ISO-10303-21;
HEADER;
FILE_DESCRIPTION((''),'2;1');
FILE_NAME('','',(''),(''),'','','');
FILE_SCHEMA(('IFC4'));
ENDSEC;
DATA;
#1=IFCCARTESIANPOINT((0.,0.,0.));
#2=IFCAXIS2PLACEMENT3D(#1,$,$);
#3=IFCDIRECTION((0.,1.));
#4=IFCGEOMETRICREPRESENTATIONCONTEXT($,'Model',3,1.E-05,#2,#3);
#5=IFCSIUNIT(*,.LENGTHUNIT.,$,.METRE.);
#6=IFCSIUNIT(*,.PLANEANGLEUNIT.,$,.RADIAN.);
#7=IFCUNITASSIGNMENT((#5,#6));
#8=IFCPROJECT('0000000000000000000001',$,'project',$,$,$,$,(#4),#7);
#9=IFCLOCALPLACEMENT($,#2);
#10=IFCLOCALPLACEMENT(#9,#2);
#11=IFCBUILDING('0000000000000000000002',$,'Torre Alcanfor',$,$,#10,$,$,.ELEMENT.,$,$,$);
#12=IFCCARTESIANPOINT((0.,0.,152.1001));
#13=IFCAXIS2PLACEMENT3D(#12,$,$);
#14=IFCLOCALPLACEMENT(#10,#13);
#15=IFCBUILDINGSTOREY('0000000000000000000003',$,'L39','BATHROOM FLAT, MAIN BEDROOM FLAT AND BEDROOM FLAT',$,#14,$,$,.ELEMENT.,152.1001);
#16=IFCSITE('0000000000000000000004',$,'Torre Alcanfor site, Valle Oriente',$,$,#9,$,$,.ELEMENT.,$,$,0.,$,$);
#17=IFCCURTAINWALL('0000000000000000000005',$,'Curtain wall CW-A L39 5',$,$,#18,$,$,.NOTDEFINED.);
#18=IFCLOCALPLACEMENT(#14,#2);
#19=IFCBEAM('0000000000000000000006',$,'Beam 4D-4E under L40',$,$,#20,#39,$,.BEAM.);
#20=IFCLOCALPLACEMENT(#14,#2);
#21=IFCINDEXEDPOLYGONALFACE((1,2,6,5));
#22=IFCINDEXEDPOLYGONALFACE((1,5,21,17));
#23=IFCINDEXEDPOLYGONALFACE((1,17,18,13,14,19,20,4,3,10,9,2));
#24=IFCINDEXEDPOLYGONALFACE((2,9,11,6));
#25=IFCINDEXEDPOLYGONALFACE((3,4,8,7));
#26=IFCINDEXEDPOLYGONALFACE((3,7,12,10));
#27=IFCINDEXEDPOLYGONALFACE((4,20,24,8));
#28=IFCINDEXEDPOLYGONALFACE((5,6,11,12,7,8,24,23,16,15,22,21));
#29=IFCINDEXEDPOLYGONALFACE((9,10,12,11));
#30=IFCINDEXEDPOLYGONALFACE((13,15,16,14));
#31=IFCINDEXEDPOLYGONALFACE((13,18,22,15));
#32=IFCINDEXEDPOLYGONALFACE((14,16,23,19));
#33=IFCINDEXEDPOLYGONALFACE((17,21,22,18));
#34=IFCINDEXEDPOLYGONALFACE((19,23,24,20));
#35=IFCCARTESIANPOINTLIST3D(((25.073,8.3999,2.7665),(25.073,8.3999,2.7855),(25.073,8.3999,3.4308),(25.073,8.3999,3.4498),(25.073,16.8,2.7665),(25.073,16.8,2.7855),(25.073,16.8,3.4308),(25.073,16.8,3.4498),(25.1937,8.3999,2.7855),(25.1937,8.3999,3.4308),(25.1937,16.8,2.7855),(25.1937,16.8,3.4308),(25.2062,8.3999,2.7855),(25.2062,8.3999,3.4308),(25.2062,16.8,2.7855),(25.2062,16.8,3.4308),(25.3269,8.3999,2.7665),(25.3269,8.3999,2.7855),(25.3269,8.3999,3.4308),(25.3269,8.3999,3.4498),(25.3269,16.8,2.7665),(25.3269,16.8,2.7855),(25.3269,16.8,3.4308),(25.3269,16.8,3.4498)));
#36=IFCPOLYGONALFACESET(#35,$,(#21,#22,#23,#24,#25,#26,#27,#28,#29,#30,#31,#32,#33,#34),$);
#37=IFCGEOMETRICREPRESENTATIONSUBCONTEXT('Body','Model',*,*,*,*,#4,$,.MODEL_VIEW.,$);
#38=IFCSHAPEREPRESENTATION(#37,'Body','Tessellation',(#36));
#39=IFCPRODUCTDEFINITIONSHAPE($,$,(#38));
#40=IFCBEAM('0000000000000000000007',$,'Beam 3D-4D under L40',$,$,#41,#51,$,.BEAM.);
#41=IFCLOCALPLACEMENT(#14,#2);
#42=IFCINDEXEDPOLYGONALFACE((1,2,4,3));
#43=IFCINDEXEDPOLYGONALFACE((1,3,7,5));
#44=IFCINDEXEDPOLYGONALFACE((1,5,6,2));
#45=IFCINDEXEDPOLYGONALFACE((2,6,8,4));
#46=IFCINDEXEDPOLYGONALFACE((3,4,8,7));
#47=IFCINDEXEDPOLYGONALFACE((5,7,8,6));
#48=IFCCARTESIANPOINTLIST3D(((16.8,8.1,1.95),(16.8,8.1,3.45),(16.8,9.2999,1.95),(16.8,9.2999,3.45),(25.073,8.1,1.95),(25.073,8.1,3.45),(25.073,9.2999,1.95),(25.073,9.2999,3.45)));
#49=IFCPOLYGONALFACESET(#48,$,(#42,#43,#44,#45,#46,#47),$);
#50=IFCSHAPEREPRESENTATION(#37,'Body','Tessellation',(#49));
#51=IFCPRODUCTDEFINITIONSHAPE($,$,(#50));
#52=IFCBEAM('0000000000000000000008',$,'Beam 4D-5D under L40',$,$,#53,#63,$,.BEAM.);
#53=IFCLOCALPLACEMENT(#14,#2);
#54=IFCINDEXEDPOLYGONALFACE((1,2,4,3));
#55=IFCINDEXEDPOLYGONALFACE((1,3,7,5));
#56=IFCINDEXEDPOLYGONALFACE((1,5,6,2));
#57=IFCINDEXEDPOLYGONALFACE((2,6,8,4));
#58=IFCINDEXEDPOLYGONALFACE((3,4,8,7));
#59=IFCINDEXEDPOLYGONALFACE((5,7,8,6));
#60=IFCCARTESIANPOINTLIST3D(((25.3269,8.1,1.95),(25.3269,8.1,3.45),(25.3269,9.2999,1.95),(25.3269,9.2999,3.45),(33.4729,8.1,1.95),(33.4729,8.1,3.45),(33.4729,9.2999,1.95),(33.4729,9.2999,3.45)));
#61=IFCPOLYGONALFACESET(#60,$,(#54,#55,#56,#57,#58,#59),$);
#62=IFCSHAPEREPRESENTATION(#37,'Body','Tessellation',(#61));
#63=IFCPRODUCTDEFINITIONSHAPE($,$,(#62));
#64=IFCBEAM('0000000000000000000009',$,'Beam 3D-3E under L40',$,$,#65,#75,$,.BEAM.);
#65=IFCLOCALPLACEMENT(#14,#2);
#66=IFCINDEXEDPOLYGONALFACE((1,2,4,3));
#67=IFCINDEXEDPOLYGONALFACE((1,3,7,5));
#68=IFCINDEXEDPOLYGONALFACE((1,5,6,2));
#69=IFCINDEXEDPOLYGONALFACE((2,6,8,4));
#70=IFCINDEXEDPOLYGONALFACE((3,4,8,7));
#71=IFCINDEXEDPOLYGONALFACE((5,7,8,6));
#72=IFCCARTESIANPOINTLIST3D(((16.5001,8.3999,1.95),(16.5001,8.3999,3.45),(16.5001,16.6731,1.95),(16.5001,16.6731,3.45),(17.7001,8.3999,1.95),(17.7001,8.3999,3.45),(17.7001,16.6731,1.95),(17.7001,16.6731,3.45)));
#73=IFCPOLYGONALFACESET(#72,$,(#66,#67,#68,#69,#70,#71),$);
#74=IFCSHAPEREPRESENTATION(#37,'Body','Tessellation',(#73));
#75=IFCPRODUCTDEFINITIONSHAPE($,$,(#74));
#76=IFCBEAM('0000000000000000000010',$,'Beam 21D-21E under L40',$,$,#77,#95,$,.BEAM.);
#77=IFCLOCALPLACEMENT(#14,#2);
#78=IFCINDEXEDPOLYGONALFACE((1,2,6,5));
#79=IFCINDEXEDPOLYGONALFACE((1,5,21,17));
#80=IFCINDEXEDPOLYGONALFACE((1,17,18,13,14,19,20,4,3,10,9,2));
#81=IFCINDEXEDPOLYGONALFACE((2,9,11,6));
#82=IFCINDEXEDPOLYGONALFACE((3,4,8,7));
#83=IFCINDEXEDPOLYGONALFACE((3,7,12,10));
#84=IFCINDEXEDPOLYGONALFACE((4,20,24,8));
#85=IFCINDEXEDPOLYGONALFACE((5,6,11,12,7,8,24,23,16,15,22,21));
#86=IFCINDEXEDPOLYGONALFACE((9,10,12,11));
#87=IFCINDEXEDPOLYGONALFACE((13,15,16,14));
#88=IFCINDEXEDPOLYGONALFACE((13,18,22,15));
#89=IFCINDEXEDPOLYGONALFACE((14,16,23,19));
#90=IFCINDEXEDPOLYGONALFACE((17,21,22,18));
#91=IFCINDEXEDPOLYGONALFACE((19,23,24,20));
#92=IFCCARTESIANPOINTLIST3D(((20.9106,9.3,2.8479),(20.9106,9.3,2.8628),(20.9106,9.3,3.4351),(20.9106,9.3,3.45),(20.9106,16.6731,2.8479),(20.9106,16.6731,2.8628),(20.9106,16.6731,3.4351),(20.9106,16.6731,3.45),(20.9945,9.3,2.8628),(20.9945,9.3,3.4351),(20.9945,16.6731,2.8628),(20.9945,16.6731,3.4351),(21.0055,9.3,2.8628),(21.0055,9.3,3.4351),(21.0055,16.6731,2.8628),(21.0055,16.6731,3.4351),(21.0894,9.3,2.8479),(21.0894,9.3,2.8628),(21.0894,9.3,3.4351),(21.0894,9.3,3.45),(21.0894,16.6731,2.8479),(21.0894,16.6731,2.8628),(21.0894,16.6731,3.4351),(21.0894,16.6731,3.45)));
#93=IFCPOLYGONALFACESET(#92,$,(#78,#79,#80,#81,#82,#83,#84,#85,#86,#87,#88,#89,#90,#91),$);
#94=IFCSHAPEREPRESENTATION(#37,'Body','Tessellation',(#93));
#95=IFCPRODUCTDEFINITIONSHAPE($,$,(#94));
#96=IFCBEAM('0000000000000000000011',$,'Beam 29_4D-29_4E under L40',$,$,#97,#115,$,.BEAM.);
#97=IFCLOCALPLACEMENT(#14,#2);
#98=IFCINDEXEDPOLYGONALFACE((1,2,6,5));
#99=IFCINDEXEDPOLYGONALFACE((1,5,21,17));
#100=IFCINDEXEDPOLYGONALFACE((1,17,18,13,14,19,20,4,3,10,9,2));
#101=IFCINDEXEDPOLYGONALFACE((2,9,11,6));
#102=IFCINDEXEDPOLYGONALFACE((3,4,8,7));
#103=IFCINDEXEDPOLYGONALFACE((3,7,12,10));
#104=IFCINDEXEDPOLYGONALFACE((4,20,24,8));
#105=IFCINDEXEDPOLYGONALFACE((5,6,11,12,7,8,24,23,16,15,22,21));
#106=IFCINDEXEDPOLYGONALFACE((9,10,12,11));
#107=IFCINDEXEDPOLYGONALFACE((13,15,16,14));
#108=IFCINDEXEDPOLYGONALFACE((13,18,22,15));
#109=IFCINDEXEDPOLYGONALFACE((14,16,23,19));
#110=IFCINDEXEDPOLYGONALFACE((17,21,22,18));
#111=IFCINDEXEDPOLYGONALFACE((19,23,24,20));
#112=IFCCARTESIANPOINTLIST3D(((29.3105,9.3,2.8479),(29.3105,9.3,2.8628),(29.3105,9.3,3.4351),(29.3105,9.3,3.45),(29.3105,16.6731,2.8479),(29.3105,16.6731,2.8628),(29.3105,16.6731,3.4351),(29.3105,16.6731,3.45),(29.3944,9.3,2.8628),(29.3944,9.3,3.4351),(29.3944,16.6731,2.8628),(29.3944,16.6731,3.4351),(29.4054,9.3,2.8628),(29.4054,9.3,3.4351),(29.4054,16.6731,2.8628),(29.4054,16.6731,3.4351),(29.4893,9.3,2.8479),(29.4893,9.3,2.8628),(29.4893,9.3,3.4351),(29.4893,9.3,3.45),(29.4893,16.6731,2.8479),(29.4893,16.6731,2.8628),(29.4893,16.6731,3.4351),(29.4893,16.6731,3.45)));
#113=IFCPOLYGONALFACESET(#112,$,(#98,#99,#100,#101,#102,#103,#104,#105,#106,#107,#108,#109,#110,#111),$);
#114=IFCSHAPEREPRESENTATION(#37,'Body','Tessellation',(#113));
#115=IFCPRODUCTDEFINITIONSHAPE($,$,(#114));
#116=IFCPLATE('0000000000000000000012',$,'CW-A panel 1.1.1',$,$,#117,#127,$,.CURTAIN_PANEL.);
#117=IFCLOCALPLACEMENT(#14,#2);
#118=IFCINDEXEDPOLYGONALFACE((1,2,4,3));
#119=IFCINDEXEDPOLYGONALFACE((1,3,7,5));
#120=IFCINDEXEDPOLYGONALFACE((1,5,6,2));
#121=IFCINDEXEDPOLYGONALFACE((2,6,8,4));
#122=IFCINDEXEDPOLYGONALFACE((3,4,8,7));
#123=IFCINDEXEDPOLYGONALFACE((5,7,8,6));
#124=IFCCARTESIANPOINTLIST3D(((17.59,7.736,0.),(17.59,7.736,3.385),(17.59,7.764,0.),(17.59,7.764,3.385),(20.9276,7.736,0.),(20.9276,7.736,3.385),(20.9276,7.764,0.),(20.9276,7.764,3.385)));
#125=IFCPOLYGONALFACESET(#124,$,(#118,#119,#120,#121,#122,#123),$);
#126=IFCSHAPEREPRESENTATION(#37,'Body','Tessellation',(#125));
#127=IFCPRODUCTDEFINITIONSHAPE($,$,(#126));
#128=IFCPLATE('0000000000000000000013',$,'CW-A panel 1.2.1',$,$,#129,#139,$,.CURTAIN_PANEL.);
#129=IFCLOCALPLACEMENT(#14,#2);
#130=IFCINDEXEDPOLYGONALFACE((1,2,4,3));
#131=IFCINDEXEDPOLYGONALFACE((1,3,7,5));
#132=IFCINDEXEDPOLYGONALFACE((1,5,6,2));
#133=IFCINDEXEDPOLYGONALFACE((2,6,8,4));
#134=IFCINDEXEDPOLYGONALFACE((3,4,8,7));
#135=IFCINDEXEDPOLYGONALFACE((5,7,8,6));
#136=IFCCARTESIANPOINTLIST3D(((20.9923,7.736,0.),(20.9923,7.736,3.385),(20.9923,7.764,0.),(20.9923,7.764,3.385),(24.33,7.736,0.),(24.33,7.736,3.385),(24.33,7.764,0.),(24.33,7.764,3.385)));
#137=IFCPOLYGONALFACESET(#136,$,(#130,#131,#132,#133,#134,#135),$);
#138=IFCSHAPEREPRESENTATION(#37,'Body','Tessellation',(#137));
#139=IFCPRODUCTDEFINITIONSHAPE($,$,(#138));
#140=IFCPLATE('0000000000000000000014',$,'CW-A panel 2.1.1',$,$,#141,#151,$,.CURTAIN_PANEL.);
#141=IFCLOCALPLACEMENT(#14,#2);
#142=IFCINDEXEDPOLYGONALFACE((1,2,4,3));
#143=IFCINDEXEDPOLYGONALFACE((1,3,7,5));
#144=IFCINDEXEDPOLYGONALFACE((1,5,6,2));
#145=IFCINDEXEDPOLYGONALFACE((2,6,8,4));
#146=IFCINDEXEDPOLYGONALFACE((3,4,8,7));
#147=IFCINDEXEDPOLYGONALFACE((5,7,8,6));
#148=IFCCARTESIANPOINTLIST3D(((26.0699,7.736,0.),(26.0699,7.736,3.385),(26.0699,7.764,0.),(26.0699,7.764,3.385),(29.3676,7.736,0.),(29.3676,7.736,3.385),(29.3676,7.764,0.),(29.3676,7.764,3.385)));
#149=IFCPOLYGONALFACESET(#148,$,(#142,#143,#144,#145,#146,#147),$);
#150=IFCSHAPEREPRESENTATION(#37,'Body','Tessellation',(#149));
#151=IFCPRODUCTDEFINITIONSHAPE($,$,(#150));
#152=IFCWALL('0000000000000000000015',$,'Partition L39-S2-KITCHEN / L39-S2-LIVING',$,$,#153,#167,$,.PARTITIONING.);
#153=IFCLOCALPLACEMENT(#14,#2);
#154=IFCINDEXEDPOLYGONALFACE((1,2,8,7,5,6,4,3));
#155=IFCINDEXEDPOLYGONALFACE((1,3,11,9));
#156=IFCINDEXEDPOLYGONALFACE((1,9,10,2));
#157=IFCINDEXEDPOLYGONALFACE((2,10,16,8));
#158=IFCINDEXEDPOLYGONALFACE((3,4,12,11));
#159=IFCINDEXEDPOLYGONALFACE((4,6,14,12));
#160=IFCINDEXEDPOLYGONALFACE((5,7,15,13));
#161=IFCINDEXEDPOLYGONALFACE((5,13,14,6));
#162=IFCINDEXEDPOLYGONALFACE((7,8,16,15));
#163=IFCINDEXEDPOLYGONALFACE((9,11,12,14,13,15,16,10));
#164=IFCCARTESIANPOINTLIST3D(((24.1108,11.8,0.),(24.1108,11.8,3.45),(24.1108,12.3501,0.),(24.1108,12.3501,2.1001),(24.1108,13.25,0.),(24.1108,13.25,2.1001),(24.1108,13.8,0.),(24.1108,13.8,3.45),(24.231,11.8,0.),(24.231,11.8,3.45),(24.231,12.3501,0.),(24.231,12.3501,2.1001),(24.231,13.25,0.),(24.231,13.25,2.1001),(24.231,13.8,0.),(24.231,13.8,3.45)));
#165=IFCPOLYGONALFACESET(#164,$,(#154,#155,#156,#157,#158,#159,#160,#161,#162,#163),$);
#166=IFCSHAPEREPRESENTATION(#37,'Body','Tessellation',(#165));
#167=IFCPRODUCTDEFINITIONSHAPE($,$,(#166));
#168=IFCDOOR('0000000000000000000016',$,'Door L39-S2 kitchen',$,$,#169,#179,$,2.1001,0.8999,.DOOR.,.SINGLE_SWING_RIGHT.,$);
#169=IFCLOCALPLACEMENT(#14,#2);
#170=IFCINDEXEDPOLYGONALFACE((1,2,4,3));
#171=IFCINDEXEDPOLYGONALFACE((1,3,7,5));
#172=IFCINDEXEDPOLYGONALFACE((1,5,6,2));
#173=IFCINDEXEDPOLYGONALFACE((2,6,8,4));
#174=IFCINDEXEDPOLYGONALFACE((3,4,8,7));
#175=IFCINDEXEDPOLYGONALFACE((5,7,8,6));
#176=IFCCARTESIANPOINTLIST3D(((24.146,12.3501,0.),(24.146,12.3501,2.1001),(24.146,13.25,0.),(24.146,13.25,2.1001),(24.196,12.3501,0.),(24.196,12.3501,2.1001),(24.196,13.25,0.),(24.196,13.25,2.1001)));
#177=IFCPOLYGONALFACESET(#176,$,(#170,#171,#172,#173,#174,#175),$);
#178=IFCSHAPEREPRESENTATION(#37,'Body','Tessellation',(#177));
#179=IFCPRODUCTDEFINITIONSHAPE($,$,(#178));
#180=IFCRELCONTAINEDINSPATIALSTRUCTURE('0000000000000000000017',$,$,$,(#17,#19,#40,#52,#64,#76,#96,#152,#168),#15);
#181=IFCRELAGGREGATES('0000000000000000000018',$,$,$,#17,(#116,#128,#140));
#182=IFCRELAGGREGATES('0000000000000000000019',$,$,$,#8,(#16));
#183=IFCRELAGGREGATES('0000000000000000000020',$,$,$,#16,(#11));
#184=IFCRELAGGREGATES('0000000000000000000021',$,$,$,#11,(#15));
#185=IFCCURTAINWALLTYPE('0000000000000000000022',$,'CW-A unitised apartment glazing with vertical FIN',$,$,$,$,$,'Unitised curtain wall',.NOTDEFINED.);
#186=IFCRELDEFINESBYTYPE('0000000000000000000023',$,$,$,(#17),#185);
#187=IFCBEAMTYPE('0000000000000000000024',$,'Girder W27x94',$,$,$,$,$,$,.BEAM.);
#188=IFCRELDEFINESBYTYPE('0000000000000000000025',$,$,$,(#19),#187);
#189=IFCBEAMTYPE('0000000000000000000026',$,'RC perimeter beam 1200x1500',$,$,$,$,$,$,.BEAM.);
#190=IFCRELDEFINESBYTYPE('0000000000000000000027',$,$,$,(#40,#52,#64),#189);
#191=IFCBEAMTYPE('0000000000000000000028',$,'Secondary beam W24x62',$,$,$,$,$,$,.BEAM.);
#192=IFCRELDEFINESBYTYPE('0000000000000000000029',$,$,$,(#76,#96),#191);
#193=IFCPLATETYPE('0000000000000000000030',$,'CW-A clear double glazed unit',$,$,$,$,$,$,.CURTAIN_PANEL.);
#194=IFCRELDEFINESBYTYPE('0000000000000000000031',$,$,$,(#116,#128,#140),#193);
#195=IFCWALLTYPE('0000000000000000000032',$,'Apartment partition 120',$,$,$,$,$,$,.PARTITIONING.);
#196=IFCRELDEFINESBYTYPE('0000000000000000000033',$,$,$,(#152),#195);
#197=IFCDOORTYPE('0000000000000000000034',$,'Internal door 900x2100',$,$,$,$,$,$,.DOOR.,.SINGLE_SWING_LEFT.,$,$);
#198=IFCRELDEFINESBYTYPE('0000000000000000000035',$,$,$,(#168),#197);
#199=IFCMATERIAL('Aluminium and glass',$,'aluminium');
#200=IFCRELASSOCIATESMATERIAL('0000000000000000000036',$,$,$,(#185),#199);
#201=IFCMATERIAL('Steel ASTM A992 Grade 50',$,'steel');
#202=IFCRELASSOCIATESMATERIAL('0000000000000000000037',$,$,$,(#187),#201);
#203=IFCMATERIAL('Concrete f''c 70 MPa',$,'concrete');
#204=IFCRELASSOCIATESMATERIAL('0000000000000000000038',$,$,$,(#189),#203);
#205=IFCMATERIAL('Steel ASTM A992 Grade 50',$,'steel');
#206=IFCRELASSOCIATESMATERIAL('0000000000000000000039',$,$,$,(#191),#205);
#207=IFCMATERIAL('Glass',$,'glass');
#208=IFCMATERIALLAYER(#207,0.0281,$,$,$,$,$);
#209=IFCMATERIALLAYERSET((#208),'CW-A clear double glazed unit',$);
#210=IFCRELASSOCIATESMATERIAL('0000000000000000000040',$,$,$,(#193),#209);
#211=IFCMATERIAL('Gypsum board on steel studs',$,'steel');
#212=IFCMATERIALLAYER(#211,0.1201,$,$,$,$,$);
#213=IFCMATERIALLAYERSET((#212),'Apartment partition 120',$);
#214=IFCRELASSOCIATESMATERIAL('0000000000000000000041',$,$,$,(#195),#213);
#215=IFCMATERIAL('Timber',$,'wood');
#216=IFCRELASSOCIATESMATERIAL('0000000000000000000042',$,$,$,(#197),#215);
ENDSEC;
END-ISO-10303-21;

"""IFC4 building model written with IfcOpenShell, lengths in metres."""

from ifc_helpers import new_model, si_unit, direction, frame, frame_2d, origin, origin_2d, place, context, subcontext, project, spatial, rectangle, i_section, extrude, material, layer, layer_set, material_profile, profile_set, type_object, element, fill, aggregate, save


model = new_model("IFC4")

# Units and contexts
model_context = context("Model", 3, precision=1e-05, world=origin(), true_north=direction((0.0, 1.0)))
body_context = subcontext(model_context, "Body", "Model", "MODEL_VIEW")
ifc_project = project(units=[si_unit("LENGTHUNIT", "METRE"), si_unit("PLANEANGLEUNIT", "RADIAN")], contexts=[model_context])

# Site, building, storey
site_placement = place(None, origin())
site = spatial("IfcSite", under=ifc_project, at=site_placement, Name="Torre Alcanfor site, Valle Oriente", CompositionType="ELEMENT", RefElevation=0.0)
building_placement = place(site_placement, origin())
building = spatial("IfcBuilding", under=site, at=building_placement, Name="Torre Alcanfor", CompositionType="ELEMENT")
storey_placement = place(building_placement, frame((0.0, 0.0, 152.1001)))
storey = spatial("IfcBuildingStorey", under=building, at=storey_placement, Name="L39", Description="BATHROOM FLAT, MAIN BEDROOM FLAT AND BEDROOM FLAT", CompositionType="ELEMENT", Elevation=152.1001)

# Curtain wall
ifc_material_1 = material(Name="Aluminium and glass", Category="aluminium")
curtain_wall_type = type_object("IfcCurtainWallType", Name="CW-A unitised apartment glazing with vertical FIN", ElementType="Unitised curtain wall", PredefinedType="NOTDEFINED", material=ifc_material_1)
curtain_wall_placement = place(storey_placement, origin())
curtain_wall = element("IfcCurtainWall", 1, at=curtain_wall_placement, inside=storey, type_object=curtain_wall_type, Name="Curtain wall CW-A L39 5", PredefinedType="NOTDEFINED")

# Beams
ifc_material_2 = material(Name="Steel ASTM A992 Grade 50", Category="steel")
ifc_material_profile_1 = material_profile(ifc_material_2, i_section(OverallWidth=0.2539, OverallDepth=0.6833, WebThickness=0.0125, FlangeThickness=0.019, at=origin_2d()), Name="W27x94")
ifc_profile_set_1 = profile_set([ifc_material_profile_1], Name="Steel ASTM A992 Grade 50")
beam_type_1 = type_object("IfcBeamType", Name="Girder W27x94", PredefinedType="BEAM", material=ifc_profile_set_1)
beam_1_placement = place(storey_placement, frame((25.2, 8.3999, 3.1082), z_axis=(0.0, 1.0, 0.0), x_axis=(-1.0, 0.0, 0.0)))
element("IfcBeam", 2, at=beam_1_placement, inside=storey, type_object=beam_type_1, Name="Beam 4D-4E under L40", PredefinedType="BEAM", context=body_context, shape_type="SweptSolid", body=[
    extrude(i_section(OverallWidth=0.2539, OverallDepth=0.6833, WebThickness=0.0125, FlangeThickness=0.019, at=origin_2d()), origin(), (0.0, 0.0, 1.0), 8.4001),
])
ifc_material_3 = material(Name="Concrete f'c 70 MPa", Category="concrete")
ifc_material_profile_2 = material_profile(ifc_material_3, rectangle(XDim=1.2, YDim=1.5, at=origin_2d()), Name="1200x1500")
ifc_profile_set_2 = profile_set([ifc_material_profile_2], Name="Concrete f'c 70 MPa")
beam_type_2 = type_object("IfcBeamType", Name="RC perimeter beam 1200x1500", PredefinedType="BEAM", material=ifc_profile_set_2)
beam_2_placement = place(storey_placement, frame((16.8, 8.7, 2.7), z_axis=(1.0, 0.0, 0.0), x_axis=(0.0, 1.0, 0.0)))
element("IfcBeam", 3, at=beam_2_placement, inside=storey, type_object=beam_type_2, Name="Beam 3D-4D under L40", PredefinedType="BEAM", context=body_context, shape_type="SweptSolid", body=[
    extrude(rectangle(XDim=1.2, YDim=1.5, at=origin_2d()), origin(), (0.0, 0.0, 1.0), 8.2729),
])
beam_3_placement = place(storey_placement, frame((25.3269, 8.7, 2.7), z_axis=(1.0, 0.0, 0.0), x_axis=(0.0, 1.0, 0.0)))
element("IfcBeam", 4, at=beam_3_placement, inside=storey, type_object=beam_type_2, Name="Beam 4D-5D under L40", PredefinedType="BEAM", context=body_context, shape_type="SweptSolid", body=[
    extrude(rectangle(XDim=1.2, YDim=1.5, at=origin_2d()), origin(), (0.0, 0.0, 1.0), 8.146),
])
beam_4_placement = place(storey_placement, frame((17.1001, 8.3999, 2.7), z_axis=(0.0, 1.0, 0.0), x_axis=(-1.0, 0.0, 0.0)))
element("IfcBeam", 5, at=beam_4_placement, inside=storey, type_object=beam_type_2, Name="Beam 3D-3E under L40", PredefinedType="BEAM", context=body_context, shape_type="SweptSolid", body=[
    extrude(rectangle(XDim=1.2, YDim=1.5, at=origin_2d()), origin(), (0.0, 0.0, 1.0), 8.2732),
])
ifc_material_4 = material(Name="Steel ASTM A992 Grade 50", Category="steel")
ifc_material_profile_3 = material_profile(ifc_material_4, i_section(OverallWidth=0.1787, OverallDepth=0.6021, WebThickness=0.011, FlangeThickness=0.0149, at=origin_2d()), Name="W24x62")
ifc_profile_set_3 = profile_set([ifc_material_profile_3], Name="Steel ASTM A992 Grade 50")
beam_type_3 = type_object("IfcBeamType", Name="Secondary beam W24x62", PredefinedType="BEAM", material=ifc_profile_set_3)
for number, where, z_axis, x_axis, name in (
    (6, (21.0, 9.3, 3.1489), (0.0, 1.0, 0.0), (-1.0, 0.0, 0.0), "Beam 21D-21E under L40"),
    (7, (29.3999, 9.3, 3.1489), (0.0, 1.0, 0.0), (-1.0, 0.0, 0.0), "Beam 29_4D-29_4E under L40"),
):
    element("IfcBeam", number, at=place(storey_placement, frame(where, z_axis=z_axis, x_axis=x_axis)), inside=storey, type_object=beam_type_3, Name=name, PredefinedType="BEAM", context=body_context, shape_type="SweptSolid", body=[
        extrude(i_section(OverallWidth=0.1787, OverallDepth=0.6021, WebThickness=0.011, FlangeThickness=0.0149, at=origin_2d()), origin(), (0.0, 0.0, 1.0), 7.373),
    ])

# Plates
ifc_material_5 = material(Name="Glass", Category="glass")
ifc_layer_1 = layer(ifc_material_5, 0.0281)
ifc_layer_set_1 = layer_set([ifc_layer_1], Name="CW-A clear double glazed unit")
plate_type = type_object("IfcPlateType", Name="CW-A clear double glazed unit", PredefinedType="CURTAIN_PANEL", material=ifc_layer_set_1)
plate_1_placement = place(storey_placement, frame((19.2588, 7.75, 0.0), z_axis=(0.0, 0.0, 1.0), x_axis=(1.0, 0.0, 0.0)))
plate_1 = element("IfcPlate", 8, at=plate_1_placement, type_object=plate_type, Name="CW-A panel 1.1.1", PredefinedType="CURTAIN_PANEL", context=body_context, shape_type="SweptSolid", body=[
    extrude(rectangle(XDim=3.3376, YDim=0.0281, at=origin_2d()), origin(), (0.0, 0.0, 1.0), 3.385),
])
plate_2_placement = place(storey_placement, frame((22.6611, 7.75, 0.0), z_axis=(0.0, 0.0, 1.0), x_axis=(1.0, 0.0, 0.0)))
plate_2 = element("IfcPlate", 9, at=plate_2_placement, type_object=plate_type, Name="CW-A panel 1.2.1", PredefinedType="CURTAIN_PANEL", context=body_context, shape_type="SweptSolid", body=[
    extrude(rectangle(XDim=3.3376, YDim=0.0281, at=origin_2d()), origin(), (0.0, 0.0, 1.0), 3.385),
])
plate_3_placement = place(storey_placement, frame((27.7188, 7.75, 0.0), z_axis=(0.0, 0.0, 1.0), x_axis=(1.0, 0.0, 0.0)))
plate_3 = element("IfcPlate", 10, at=plate_3_placement, type_object=plate_type, Name="CW-A panel 2.1.1", PredefinedType="CURTAIN_PANEL", context=body_context, shape_type="SweptSolid", body=[
    extrude(rectangle(XDim=3.2976, YDim=0.0281, at=origin_2d()), origin(), (0.0, 0.0, 1.0), 3.385),
])
aggregate(curtain_wall, [plate_1, plate_2, plate_3])

# Wall, opening, door
ifc_material_6 = material(Name="Gypsum board on steel studs", Category="steel")
ifc_layer_2 = layer(ifc_material_6, 0.1201)
ifc_layer_set_2 = layer_set([ifc_layer_2], Name="Apartment partition 120")
wall_type_1 = type_object("IfcWallType", Name="Apartment partition 120", PredefinedType="PARTITIONING", material=ifc_layer_set_2)
wall_1_placement = place(storey_placement, frame((24.1709, 11.8, 0.0), z_axis=(0.0, 0.0, 1.0), x_axis=(0.0, 1.0, 0.0)))
wall_1 = element("IfcWall", 11, at=wall_1_placement, inside=storey, type_object=wall_type_1, Name="Partition L39-S2-KITCHEN / L39-S2-LIVING", PredefinedType="PARTITIONING", context=body_context, shape_type="SweptSolid", body=[
    extrude(rectangle(XDim=2.0, YDim=0.1201, at=frame_2d((1.0, 0.0))), origin(), (0.0, 0.0, 1.0), 3.45),
])
opening_1_placement = place(wall_1_placement, frame((0.55, 0.0, 0.0)))
opening_1 = element("IfcOpeningElement", 12, at=opening_1_placement, cuts=wall_1, PredefinedType="OPENING", context=body_context, shape_type="SweptSolid", body=[
    extrude(rectangle(XDim=0.8999, YDim=2.1001, at=frame_2d((0.45, 1.05))), frame((0.0, 0.0701, 0.0), z_axis=(0.0, -1.0, 0.0), x_axis=(1.0, 0.0, 0.0)), (0.0, 0.0, 1.0), 0.1401),
])
ifc_material_7 = material(Name="Timber", Category="wood")
door_type_1 = type_object("IfcDoorType", Name="Internal door 900x2100", OperationType="SINGLE_SWING_LEFT", PredefinedType="DOOR", material=ifc_material_7)
door_1_placement = place(opening_1_placement, frame((0.8999, 0.0, 0.0), z_axis=(0.0, 0.0, 1.0), x_axis=(-1.0, 0.0, 0.0)))
door_1 = element("IfcDoor", 13, at=door_1_placement, inside=storey, type_object=door_type_1, Name="Door L39-S2 kitchen", OperationType="SINGLE_SWING_RIGHT", OverallHeight=2.1001, OverallWidth=0.8999, PredefinedType="DOOR", context=body_context, shape_type="SweptSolid", body=[
    extrude(rectangle(XDim=0.8999, YDim=2.1001, at=frame_2d((0.45, 1.05))), frame((0.0, 0.0251, 0.0), z_axis=(0.0, -1.0, 0.0), x_axis=(1.0, 0.0, 0.0)), (0.0, 0.0, 1.0), 0.05),
])
fill(opening_1, door_1)

save(model, "model.ifc")
